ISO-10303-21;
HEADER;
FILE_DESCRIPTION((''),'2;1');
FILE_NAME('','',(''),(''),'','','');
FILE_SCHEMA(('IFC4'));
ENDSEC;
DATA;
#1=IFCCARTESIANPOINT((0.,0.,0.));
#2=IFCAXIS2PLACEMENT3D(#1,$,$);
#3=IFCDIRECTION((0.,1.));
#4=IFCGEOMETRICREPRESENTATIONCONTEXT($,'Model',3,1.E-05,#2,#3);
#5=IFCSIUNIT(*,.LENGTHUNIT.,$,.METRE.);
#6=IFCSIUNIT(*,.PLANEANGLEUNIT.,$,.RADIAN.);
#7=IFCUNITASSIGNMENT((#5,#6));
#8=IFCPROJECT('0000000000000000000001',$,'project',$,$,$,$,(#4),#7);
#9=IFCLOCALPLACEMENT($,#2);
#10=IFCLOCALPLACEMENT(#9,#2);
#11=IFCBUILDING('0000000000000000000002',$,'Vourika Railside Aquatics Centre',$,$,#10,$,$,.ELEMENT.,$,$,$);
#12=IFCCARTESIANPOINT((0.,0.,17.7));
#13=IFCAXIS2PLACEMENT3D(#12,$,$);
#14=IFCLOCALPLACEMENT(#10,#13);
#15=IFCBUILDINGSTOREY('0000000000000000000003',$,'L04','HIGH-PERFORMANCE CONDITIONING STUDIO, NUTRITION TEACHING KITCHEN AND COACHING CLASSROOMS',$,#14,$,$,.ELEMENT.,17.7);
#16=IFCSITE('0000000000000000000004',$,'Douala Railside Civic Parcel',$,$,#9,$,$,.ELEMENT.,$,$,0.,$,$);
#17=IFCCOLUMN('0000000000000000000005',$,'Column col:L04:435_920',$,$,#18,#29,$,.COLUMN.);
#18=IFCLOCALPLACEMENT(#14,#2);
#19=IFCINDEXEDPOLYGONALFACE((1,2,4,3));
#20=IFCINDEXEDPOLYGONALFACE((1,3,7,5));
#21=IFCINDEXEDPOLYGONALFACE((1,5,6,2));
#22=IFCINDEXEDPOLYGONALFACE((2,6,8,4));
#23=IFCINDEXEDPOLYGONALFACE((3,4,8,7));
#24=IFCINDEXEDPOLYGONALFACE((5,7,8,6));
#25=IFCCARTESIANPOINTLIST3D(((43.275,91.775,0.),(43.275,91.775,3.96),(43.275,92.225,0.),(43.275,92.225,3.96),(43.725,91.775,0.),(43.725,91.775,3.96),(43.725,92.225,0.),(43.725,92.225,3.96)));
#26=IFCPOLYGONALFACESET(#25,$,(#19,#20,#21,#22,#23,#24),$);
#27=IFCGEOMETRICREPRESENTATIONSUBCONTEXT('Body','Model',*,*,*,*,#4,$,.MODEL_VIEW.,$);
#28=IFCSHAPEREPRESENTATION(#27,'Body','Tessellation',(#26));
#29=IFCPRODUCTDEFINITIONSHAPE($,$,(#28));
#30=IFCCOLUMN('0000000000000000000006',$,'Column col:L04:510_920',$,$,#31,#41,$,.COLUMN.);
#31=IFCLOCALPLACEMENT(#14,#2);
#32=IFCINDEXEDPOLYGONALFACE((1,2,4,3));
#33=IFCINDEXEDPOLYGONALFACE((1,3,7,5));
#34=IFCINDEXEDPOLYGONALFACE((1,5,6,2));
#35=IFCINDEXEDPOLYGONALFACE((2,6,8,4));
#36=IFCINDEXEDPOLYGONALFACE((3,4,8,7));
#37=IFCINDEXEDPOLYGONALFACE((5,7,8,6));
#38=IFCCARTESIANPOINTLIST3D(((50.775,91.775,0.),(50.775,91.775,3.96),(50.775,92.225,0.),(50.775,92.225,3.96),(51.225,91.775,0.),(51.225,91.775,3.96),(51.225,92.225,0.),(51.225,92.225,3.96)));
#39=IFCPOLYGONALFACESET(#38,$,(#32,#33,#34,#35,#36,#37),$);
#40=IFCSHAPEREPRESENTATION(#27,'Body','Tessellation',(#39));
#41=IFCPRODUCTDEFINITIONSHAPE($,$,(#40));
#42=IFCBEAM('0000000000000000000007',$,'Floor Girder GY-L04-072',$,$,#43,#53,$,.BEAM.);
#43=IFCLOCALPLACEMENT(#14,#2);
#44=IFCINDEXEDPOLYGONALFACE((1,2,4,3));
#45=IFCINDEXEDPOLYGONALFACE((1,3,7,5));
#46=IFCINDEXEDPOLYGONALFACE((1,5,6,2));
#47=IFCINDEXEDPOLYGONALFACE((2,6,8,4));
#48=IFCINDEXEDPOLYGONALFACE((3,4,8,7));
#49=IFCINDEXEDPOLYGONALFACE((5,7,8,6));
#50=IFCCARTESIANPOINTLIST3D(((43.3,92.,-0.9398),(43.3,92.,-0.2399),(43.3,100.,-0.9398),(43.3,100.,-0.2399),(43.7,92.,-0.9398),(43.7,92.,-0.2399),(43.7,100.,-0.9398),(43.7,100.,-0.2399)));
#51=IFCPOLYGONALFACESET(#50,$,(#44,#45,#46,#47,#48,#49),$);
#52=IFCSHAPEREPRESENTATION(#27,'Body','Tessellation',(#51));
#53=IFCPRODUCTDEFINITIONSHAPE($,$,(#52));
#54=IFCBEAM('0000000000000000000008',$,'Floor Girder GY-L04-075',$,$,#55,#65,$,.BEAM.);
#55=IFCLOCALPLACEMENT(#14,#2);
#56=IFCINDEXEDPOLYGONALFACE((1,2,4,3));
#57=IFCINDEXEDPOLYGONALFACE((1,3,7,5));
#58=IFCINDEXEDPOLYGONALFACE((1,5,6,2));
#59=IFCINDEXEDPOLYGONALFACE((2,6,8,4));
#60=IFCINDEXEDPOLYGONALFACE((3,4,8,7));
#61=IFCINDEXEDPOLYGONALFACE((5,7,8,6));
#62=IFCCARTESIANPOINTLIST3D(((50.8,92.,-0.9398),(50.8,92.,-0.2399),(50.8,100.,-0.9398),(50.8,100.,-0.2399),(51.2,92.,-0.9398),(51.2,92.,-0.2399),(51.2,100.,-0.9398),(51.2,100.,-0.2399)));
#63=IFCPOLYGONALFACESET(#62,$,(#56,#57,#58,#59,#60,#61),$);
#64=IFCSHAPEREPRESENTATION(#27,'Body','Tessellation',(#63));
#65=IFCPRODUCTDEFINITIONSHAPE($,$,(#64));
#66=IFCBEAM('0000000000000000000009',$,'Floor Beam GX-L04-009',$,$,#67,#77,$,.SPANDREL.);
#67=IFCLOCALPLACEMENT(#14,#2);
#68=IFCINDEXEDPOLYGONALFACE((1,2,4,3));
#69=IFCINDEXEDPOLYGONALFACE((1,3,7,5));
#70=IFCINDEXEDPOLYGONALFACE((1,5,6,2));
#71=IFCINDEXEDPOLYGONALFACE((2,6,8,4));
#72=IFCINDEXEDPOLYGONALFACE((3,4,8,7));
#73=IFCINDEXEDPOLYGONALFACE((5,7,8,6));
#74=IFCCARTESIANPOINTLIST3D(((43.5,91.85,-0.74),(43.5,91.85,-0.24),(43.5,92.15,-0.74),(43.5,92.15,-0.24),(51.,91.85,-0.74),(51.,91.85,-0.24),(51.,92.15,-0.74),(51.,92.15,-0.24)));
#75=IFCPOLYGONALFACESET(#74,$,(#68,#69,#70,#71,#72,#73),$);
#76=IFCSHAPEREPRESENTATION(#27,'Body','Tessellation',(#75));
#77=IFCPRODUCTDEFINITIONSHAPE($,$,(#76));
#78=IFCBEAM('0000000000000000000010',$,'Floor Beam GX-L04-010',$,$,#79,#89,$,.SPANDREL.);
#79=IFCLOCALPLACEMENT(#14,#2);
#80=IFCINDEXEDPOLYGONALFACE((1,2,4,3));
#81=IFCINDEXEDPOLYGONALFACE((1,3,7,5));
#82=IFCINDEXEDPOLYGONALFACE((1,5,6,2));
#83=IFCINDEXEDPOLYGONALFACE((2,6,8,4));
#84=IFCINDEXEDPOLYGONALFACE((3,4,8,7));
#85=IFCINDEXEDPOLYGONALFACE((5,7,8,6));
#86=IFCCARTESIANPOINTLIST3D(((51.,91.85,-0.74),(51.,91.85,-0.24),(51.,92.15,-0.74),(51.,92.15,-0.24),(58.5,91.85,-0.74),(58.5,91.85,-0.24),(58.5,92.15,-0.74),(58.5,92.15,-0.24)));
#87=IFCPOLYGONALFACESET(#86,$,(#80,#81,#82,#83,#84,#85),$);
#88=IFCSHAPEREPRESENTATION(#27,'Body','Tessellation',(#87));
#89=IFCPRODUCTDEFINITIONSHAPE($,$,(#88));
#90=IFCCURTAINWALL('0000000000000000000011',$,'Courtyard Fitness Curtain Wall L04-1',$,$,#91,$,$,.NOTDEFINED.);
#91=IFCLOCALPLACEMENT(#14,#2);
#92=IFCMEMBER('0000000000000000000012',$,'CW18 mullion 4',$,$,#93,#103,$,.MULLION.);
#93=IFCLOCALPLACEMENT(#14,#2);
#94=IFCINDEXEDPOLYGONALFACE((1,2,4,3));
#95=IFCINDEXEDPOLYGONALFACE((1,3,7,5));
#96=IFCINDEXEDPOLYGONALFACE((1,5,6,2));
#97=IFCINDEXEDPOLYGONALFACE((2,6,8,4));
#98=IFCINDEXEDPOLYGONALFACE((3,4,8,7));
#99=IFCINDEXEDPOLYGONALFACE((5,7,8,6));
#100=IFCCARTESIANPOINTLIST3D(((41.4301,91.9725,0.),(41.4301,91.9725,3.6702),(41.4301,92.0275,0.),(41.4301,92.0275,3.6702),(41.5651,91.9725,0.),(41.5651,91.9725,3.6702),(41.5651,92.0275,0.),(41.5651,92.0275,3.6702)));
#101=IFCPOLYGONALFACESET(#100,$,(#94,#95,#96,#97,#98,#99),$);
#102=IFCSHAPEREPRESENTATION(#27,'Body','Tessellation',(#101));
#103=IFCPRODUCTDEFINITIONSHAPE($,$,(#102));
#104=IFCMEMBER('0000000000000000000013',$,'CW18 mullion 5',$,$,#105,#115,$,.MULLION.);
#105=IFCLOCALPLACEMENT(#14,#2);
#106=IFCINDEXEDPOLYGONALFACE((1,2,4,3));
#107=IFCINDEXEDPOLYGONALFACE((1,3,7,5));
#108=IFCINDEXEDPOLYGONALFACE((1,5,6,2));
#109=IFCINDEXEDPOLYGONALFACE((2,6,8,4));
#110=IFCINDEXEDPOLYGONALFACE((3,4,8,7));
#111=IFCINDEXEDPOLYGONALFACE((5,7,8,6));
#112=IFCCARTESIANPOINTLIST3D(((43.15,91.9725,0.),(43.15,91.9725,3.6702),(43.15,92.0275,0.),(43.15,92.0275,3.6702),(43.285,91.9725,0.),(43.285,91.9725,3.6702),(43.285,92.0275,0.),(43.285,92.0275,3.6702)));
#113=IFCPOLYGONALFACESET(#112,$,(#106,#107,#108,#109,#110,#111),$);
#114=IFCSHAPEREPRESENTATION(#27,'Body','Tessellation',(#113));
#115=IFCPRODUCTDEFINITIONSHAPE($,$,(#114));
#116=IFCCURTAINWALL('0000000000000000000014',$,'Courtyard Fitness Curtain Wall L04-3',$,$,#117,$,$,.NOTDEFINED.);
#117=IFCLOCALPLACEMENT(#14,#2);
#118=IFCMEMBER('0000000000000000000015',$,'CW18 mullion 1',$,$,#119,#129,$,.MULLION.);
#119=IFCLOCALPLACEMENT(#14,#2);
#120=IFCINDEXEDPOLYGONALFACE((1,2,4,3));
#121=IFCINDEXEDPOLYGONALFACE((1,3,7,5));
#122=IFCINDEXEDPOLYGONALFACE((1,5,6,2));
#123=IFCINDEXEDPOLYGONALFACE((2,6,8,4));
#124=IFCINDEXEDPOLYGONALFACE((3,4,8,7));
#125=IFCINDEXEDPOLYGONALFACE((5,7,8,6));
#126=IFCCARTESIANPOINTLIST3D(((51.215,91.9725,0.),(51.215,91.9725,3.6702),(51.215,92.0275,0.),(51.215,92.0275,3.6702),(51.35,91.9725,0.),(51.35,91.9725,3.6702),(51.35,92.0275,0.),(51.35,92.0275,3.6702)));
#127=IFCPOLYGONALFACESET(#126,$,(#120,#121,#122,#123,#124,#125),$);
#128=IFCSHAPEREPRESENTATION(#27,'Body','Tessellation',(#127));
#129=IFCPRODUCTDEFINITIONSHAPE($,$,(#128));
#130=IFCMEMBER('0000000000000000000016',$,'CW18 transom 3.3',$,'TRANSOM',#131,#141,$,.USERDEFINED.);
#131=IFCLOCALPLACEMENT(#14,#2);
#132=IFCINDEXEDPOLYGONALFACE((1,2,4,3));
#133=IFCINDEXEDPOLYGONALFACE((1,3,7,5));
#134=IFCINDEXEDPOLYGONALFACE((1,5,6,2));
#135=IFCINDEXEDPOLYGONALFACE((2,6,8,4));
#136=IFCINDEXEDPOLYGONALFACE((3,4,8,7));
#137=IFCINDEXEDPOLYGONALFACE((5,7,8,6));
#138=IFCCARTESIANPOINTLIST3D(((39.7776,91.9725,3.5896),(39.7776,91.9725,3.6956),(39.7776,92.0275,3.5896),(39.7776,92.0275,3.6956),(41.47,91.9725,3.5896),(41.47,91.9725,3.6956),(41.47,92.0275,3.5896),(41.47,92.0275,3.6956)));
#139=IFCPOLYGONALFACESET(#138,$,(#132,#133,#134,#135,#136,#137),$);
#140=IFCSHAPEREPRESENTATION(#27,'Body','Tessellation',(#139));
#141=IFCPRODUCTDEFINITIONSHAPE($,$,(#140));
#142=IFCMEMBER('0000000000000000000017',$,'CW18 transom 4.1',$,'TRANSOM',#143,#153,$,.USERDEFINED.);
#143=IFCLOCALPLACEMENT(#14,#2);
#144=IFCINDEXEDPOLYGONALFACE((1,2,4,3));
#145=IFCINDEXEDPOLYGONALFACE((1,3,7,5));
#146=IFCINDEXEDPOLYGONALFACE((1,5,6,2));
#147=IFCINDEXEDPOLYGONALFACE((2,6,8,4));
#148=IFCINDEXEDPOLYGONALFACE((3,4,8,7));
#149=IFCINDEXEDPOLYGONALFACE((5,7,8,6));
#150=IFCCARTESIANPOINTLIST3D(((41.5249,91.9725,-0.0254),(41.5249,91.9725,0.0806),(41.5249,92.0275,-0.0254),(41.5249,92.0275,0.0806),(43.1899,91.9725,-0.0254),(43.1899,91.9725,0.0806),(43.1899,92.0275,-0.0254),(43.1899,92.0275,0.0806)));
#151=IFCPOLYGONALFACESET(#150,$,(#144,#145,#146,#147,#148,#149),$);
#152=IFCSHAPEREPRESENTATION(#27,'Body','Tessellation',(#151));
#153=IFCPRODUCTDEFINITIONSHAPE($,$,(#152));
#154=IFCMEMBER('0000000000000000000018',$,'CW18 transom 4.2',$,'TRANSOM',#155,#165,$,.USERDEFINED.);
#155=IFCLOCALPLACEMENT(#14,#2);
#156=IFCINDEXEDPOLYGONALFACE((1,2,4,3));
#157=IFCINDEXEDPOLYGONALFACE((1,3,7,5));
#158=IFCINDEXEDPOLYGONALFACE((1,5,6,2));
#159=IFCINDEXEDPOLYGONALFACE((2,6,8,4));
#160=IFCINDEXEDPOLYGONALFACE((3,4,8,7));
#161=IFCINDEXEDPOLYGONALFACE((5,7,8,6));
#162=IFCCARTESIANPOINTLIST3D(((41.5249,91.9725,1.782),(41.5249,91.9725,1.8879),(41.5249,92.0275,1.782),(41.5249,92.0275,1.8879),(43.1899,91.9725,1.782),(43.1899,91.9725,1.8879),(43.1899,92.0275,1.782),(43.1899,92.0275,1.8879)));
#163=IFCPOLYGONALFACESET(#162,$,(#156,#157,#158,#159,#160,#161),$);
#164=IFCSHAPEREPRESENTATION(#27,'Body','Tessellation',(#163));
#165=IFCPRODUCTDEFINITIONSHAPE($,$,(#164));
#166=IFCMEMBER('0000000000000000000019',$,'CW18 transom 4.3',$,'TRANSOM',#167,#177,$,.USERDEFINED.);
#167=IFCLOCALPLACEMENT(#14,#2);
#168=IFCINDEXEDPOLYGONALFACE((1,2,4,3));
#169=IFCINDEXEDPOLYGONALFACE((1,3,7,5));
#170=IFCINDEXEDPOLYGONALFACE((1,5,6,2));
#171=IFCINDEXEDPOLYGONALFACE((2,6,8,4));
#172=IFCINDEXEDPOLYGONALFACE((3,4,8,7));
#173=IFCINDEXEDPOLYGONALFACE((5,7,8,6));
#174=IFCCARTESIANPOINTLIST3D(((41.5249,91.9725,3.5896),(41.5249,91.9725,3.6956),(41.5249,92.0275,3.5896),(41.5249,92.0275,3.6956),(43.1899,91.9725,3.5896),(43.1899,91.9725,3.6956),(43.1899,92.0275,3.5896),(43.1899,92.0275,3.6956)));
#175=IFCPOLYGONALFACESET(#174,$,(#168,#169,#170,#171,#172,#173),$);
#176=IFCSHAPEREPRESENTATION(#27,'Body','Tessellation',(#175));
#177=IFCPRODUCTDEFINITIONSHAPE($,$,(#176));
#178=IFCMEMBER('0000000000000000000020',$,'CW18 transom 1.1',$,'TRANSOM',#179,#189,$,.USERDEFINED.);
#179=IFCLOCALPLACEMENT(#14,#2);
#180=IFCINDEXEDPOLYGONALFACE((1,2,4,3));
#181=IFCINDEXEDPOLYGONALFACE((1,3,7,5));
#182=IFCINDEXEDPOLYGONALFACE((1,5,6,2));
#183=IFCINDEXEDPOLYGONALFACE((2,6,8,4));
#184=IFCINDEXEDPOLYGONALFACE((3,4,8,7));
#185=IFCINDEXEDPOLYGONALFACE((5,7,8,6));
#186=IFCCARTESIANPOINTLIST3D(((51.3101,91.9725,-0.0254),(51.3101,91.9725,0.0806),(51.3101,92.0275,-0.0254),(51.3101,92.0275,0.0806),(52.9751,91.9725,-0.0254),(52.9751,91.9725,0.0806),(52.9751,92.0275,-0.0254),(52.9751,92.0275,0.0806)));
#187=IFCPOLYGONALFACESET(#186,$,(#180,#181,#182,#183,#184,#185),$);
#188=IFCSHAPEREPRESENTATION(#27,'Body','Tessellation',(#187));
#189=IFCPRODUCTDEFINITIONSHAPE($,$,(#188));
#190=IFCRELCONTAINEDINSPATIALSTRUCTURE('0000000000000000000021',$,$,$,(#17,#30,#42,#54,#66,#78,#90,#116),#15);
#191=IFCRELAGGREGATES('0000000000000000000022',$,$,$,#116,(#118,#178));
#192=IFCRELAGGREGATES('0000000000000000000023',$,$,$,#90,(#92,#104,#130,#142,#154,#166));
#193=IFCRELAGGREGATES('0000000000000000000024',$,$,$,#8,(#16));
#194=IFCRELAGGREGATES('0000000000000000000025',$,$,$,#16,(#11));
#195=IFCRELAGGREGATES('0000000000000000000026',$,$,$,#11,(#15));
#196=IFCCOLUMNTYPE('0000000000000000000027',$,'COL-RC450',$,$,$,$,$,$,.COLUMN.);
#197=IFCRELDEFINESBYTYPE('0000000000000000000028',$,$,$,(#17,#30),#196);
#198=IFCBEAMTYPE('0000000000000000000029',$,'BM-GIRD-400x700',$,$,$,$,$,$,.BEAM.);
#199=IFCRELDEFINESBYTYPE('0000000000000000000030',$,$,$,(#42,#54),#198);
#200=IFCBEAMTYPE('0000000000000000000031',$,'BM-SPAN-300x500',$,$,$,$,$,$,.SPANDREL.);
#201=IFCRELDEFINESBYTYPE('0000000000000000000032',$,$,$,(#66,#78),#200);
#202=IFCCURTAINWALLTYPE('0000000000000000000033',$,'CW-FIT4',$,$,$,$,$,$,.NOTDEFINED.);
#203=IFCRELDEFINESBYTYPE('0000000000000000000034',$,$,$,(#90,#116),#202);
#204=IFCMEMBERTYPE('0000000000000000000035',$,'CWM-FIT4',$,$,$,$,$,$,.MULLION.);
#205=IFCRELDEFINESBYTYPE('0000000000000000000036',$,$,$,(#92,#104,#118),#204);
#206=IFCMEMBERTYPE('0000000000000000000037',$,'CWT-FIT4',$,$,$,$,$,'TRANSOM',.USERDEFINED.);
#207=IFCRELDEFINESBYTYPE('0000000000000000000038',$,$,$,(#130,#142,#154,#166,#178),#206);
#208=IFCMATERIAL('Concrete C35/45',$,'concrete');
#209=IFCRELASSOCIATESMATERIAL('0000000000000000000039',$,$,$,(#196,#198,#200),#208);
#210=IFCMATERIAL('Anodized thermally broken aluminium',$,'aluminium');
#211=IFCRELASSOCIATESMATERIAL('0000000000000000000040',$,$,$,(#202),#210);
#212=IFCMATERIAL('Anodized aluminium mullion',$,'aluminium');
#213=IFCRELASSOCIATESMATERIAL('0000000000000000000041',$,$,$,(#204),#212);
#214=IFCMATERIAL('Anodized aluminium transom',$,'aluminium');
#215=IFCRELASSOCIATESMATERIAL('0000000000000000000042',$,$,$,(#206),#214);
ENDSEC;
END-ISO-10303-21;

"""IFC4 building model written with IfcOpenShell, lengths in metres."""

from ifc_helpers import new_model, si_unit, direction, frame, origin, origin_2d, place, context, subcontext, project, spatial, rectangle, extrude, material, material_profile, profile_set, type_object, element, aggregate, save


model = new_model("IFC4")

# Units and contexts
model_context = context("Model", 3, precision=1e-05, world=origin(), true_north=direction((0.0, 1.0)))
body_context = subcontext(model_context, "Body", "Model", "MODEL_VIEW")
ifc_project = project(units=[si_unit("LENGTHUNIT", "METRE"), si_unit("PLANEANGLEUNIT", "RADIAN")], contexts=[model_context])

# Site, building, storey
site_placement = place(None, origin())
site = spatial("IfcSite", under=ifc_project, at=site_placement, Name="Douala Railside Civic Parcel", CompositionType="ELEMENT", RefElevation=0.0)
building_placement = place(site_placement, origin())
building = spatial("IfcBuilding", under=site, at=building_placement, Name="Vourika Railside Aquatics Centre", CompositionType="ELEMENT")
storey_placement = place(building_placement, frame((0.0, 0.0, 17.7)))
storey = spatial("IfcBuildingStorey", under=building, at=storey_placement, Name="L04", Description="HIGH-PERFORMANCE CONDITIONING STUDIO, NUTRITION TEACHING KITCHEN AND COACHING CLASSROOMS", CompositionType="ELEMENT", Elevation=17.7)

# Columns
ifc_material_1 = material(Name="Concrete C35/45", Category="concrete")
ifc_material_profile_1 = material_profile(ifc_material_1, rectangle(XDim=0.45, YDim=0.45, at=origin_2d()), Name="RC 450x450")
ifc_profile_set_1 = profile_set([ifc_material_profile_1], Name="Concrete C35/45")
column_type = type_object("IfcColumnType", Name="COL-RC450", PredefinedType="COLUMN", material=ifc_profile_set_1)
for number, where, z_axis, x_axis, name in (
    (1, (43.5, 92.0, 0.0), (0.0, 0.0, 1.0), (1.0, 0.0, 0.0), "Column col:L04:435_920"),
    (2, (51.0, 92.0, 0.0), (0.0, 0.0, 1.0), (1.0, 0.0, 0.0), "Column col:L04:510_920"),
):
    element("IfcColumn", number, at=place(storey_placement, frame(where, z_axis=z_axis, x_axis=x_axis)), inside=storey, type_object=column_type, Name=name, PredefinedType="COLUMN", context=body_context, shape_type="SweptSolid", body=[
        extrude(rectangle(XDim=0.45, YDim=0.45, at=origin_2d()), origin(), (0.0, 0.0, 1.0), 3.96),
    ])

# Beams
ifc_material_profile_2 = material_profile(ifc_material_1, rectangle(XDim=0.3999, YDim=0.7, at=origin_2d()), Name="RC 400x700")
ifc_profile_set_2 = profile_set([ifc_material_profile_2], Name="Concrete C35/45")
beam_type_1 = type_object("IfcBeamType", Name="BM-GIRD-400x700", PredefinedType="BEAM", material=ifc_profile_set_2)
for number, where, z_axis, x_axis, name in (
    (3, (43.5, 92.0, -0.5898), (0.0, 1.0, 0.0), (-1.0, 0.0, 0.0), "Floor Girder GY-L04-072"),
    (4, (51.0, 92.0, -0.5898), (0.0, 1.0, 0.0), (-1.0, 0.0, 0.0), "Floor Girder GY-L04-075"),
):
    element("IfcBeam", number, at=place(storey_placement, frame(where, z_axis=z_axis, x_axis=x_axis)), inside=storey, type_object=beam_type_1, Name=name, PredefinedType="BEAM", context=body_context, shape_type="SweptSolid", body=[
        extrude(rectangle(XDim=0.3999, YDim=0.7, at=origin_2d()), origin(), (0.0, 0.0, 1.0), 8.0),
    ])
ifc_material_profile_3 = material_profile(ifc_material_1, rectangle(XDim=0.3, YDim=0.5, at=origin_2d()), Name="RC 300x500")
ifc_profile_set_3 = profile_set([ifc_material_profile_3], Name="Concrete C35/45")
beam_type_2 = type_object("IfcBeamType", Name="BM-SPAN-300x500", PredefinedType="SPANDREL", material=ifc_profile_set_3)
for number, where, z_axis, x_axis, name in (
    (5, (43.5, 92.0, -0.49), (1.0, 0.0, 0.0), (0.0, 1.0, 0.0), "Floor Beam GX-L04-009"),
    (6, (51.0, 92.0, -0.49), (1.0, 0.0, 0.0), (0.0, 1.0, 0.0), "Floor Beam GX-L04-010"),
):
    element("IfcBeam", number, at=place(storey_placement, frame(where, z_axis=z_axis, x_axis=x_axis)), inside=storey, type_object=beam_type_2, Name=name, PredefinedType="SPANDREL", context=body_context, shape_type="SweptSolid", body=[
        extrude(rectangle(XDim=0.3, YDim=0.5, at=origin_2d()), origin(), (0.0, 0.0, 1.0), 7.5),
    ])

# Curtain wall, members
ifc_material_2 = material(Name="Anodized thermally broken aluminium", Category="aluminium")
curtain_wall_type = type_object("IfcCurtainWallType", Name="CW-FIT4", PredefinedType="NOTDEFINED", material=ifc_material_2)
curtain_wall_1_placement = place(storey_placement, origin())
curtain_wall_1 = element("IfcCurtainWall", 7, at=curtain_wall_1_placement, inside=storey, type_object=curtain_wall_type, Name="Courtyard Fitness Curtain Wall L04-1", PredefinedType="NOTDEFINED")
ifc_material_3 = material(Name="Anodized aluminium mullion", Category="aluminium")
ifc_material_profile_4 = material_profile(ifc_material_3, rectangle(XDim=0.0549, YDim=0.135, at=origin_2d()), Name="ALU-M 55x135")
ifc_profile_set_4 = profile_set([ifc_material_profile_4], Name="Anodized aluminium mullion")
member_type_1 = type_object("IfcMemberType", Name="CWM-FIT4", PredefinedType="MULLION", material=ifc_profile_set_4)
member_1_placement = place(storey_placement, frame((41.4976, 92.0, 0.0), z_axis=(0.0, 0.0, 1.0), x_axis=(0.0, 1.0, 0.0)))
member_1 = element("IfcMember", 8, at=member_1_placement, type_object=member_type_1, Name="CW18 mullion 4", PredefinedType="MULLION", context=body_context, shape_type="SweptSolid", body=[
    extrude(rectangle(XDim=0.0549, YDim=0.135, at=origin_2d()), origin(), (0.0, 0.0, 1.0), 3.6702),
])
member_2_placement = place(storey_placement, frame((43.2175, 92.0, 0.0), z_axis=(0.0, 0.0, 1.0), x_axis=(0.0, 1.0, 0.0)))
member_2 = element("IfcMember", 9, at=member_2_placement, type_object=member_type_1, Name="CW18 mullion 5", PredefinedType="MULLION", context=body_context, shape_type="SweptSolid", body=[
    extrude(rectangle(XDim=0.0549, YDim=0.135, at=origin_2d()), origin(), (0.0, 0.0, 1.0), 3.6702),
])

# Curtain wall, member
curtain_wall_2_placement = place(storey_placement, origin())
curtain_wall_2 = element("IfcCurtainWall", 10, at=curtain_wall_2_placement, inside=storey, type_object=curtain_wall_type, Name="Courtyard Fitness Curtain Wall L04-3", PredefinedType="NOTDEFINED")
member_3_placement = place(storey_placement, frame((51.2825, 92.0, 0.0), z_axis=(0.0, 0.0, 1.0), x_axis=(0.0, 1.0, 0.0)))
member_3 = element("IfcMember", 11, at=member_3_placement, type_object=member_type_1, Name="CW18 mullion 1", PredefinedType="MULLION", context=body_context, shape_type="SweptSolid", body=[
    extrude(rectangle(XDim=0.0549, YDim=0.135, at=origin_2d()), origin(), (0.0, 0.0, 1.0), 3.6702),
])

# Members
ifc_material_4 = material(Name="Anodized aluminium transom", Category="aluminium")
ifc_material_profile_5 = material_profile(ifc_material_4, rectangle(XDim=0.0549, YDim=0.106, at=origin_2d()), Name="ALU-T 55x106")
ifc_profile_set_5 = profile_set([ifc_material_profile_5], Name="Anodized aluminium transom")
member_type_2 = type_object("IfcMemberType", Name="CWT-FIT4", ElementType="TRANSOM", PredefinedType="USERDEFINED", material=ifc_profile_set_5)
member_4_placement = place(storey_placement, frame((39.7776, 92.0, 3.6426), z_axis=(1.0, 0.0, 0.0), x_axis=(0.0, 1.0, 0.0)))
member_4 = element("IfcMember", 12, at=member_4_placement, type_object=member_type_2, Name="CW18 transom 3.3", ObjectType="TRANSOM", PredefinedType="USERDEFINED", context=body_context, shape_type="SweptSolid", body=[
    extrude(rectangle(XDim=0.0549, YDim=0.106, at=origin_2d()), origin(), (0.0, 0.0, 1.0), 1.6924),
])
member_5_placement = place(storey_placement, frame((41.5249, 92.0, 0.0276), z_axis=(1.0, 0.0, 0.0), x_axis=(0.0, 1.0, 0.0)))
member_5 = element("IfcMember", 13, at=member_5_placement, type_object=member_type_2, Name="CW18 transom 4.1", ObjectType="TRANSOM", PredefinedType="USERDEFINED", context=body_context, shape_type="SweptSolid", body=[
    extrude(rectangle(XDim=0.0549, YDim=0.106, at=origin_2d()), origin(), (0.0, 0.0, 1.0), 1.665),
])
member_6_placement = place(storey_placement, frame((41.5249, 92.0, 1.835), z_axis=(1.0, 0.0, 0.0), x_axis=(0.0, 1.0, 0.0)))
member_6 = element("IfcMember", 14, at=member_6_placement, type_object=member_type_2, Name="CW18 transom 4.2", ObjectType="TRANSOM", PredefinedType="USERDEFINED", context=body_context, shape_type="SweptSolid", body=[
    extrude(rectangle(XDim=0.0549, YDim=0.106, at=origin_2d()), origin(), (0.0, 0.0, 1.0), 1.665),
])
member_7_placement = place(storey_placement, frame((41.5249, 92.0, 3.6426), z_axis=(1.0, 0.0, 0.0), x_axis=(0.0, 1.0, 0.0)))
member_7 = element("IfcMember", 15, at=member_7_placement, type_object=member_type_2, Name="CW18 transom 4.3", ObjectType="TRANSOM", PredefinedType="USERDEFINED", context=body_context, shape_type="SweptSolid", body=[
    extrude(rectangle(XDim=0.0549, YDim=0.106, at=origin_2d()), origin(), (0.0, 0.0, 1.0), 1.665),
])
member_8_placement = place(storey_placement, frame((51.3101, 92.0, 0.0276), z_axis=(1.0, 0.0, 0.0), x_axis=(0.0, 1.0, 0.0)))
member_8 = element("IfcMember", 16, at=member_8_placement, type_object=member_type_2, Name="CW18 transom 1.1", ObjectType="TRANSOM", PredefinedType="USERDEFINED", context=body_context, shape_type="SweptSolid", body=[
    extrude(rectangle(XDim=0.0549, YDim=0.106, at=origin_2d()), origin(), (0.0, 0.0, 1.0), 1.665),
])
aggregate(curtain_wall_2, [member_3, member_8])

aggregate(curtain_wall_1, [member_1, member_2, member_4, member_5, member_6, member_7])

save(model, "model.ifc")
